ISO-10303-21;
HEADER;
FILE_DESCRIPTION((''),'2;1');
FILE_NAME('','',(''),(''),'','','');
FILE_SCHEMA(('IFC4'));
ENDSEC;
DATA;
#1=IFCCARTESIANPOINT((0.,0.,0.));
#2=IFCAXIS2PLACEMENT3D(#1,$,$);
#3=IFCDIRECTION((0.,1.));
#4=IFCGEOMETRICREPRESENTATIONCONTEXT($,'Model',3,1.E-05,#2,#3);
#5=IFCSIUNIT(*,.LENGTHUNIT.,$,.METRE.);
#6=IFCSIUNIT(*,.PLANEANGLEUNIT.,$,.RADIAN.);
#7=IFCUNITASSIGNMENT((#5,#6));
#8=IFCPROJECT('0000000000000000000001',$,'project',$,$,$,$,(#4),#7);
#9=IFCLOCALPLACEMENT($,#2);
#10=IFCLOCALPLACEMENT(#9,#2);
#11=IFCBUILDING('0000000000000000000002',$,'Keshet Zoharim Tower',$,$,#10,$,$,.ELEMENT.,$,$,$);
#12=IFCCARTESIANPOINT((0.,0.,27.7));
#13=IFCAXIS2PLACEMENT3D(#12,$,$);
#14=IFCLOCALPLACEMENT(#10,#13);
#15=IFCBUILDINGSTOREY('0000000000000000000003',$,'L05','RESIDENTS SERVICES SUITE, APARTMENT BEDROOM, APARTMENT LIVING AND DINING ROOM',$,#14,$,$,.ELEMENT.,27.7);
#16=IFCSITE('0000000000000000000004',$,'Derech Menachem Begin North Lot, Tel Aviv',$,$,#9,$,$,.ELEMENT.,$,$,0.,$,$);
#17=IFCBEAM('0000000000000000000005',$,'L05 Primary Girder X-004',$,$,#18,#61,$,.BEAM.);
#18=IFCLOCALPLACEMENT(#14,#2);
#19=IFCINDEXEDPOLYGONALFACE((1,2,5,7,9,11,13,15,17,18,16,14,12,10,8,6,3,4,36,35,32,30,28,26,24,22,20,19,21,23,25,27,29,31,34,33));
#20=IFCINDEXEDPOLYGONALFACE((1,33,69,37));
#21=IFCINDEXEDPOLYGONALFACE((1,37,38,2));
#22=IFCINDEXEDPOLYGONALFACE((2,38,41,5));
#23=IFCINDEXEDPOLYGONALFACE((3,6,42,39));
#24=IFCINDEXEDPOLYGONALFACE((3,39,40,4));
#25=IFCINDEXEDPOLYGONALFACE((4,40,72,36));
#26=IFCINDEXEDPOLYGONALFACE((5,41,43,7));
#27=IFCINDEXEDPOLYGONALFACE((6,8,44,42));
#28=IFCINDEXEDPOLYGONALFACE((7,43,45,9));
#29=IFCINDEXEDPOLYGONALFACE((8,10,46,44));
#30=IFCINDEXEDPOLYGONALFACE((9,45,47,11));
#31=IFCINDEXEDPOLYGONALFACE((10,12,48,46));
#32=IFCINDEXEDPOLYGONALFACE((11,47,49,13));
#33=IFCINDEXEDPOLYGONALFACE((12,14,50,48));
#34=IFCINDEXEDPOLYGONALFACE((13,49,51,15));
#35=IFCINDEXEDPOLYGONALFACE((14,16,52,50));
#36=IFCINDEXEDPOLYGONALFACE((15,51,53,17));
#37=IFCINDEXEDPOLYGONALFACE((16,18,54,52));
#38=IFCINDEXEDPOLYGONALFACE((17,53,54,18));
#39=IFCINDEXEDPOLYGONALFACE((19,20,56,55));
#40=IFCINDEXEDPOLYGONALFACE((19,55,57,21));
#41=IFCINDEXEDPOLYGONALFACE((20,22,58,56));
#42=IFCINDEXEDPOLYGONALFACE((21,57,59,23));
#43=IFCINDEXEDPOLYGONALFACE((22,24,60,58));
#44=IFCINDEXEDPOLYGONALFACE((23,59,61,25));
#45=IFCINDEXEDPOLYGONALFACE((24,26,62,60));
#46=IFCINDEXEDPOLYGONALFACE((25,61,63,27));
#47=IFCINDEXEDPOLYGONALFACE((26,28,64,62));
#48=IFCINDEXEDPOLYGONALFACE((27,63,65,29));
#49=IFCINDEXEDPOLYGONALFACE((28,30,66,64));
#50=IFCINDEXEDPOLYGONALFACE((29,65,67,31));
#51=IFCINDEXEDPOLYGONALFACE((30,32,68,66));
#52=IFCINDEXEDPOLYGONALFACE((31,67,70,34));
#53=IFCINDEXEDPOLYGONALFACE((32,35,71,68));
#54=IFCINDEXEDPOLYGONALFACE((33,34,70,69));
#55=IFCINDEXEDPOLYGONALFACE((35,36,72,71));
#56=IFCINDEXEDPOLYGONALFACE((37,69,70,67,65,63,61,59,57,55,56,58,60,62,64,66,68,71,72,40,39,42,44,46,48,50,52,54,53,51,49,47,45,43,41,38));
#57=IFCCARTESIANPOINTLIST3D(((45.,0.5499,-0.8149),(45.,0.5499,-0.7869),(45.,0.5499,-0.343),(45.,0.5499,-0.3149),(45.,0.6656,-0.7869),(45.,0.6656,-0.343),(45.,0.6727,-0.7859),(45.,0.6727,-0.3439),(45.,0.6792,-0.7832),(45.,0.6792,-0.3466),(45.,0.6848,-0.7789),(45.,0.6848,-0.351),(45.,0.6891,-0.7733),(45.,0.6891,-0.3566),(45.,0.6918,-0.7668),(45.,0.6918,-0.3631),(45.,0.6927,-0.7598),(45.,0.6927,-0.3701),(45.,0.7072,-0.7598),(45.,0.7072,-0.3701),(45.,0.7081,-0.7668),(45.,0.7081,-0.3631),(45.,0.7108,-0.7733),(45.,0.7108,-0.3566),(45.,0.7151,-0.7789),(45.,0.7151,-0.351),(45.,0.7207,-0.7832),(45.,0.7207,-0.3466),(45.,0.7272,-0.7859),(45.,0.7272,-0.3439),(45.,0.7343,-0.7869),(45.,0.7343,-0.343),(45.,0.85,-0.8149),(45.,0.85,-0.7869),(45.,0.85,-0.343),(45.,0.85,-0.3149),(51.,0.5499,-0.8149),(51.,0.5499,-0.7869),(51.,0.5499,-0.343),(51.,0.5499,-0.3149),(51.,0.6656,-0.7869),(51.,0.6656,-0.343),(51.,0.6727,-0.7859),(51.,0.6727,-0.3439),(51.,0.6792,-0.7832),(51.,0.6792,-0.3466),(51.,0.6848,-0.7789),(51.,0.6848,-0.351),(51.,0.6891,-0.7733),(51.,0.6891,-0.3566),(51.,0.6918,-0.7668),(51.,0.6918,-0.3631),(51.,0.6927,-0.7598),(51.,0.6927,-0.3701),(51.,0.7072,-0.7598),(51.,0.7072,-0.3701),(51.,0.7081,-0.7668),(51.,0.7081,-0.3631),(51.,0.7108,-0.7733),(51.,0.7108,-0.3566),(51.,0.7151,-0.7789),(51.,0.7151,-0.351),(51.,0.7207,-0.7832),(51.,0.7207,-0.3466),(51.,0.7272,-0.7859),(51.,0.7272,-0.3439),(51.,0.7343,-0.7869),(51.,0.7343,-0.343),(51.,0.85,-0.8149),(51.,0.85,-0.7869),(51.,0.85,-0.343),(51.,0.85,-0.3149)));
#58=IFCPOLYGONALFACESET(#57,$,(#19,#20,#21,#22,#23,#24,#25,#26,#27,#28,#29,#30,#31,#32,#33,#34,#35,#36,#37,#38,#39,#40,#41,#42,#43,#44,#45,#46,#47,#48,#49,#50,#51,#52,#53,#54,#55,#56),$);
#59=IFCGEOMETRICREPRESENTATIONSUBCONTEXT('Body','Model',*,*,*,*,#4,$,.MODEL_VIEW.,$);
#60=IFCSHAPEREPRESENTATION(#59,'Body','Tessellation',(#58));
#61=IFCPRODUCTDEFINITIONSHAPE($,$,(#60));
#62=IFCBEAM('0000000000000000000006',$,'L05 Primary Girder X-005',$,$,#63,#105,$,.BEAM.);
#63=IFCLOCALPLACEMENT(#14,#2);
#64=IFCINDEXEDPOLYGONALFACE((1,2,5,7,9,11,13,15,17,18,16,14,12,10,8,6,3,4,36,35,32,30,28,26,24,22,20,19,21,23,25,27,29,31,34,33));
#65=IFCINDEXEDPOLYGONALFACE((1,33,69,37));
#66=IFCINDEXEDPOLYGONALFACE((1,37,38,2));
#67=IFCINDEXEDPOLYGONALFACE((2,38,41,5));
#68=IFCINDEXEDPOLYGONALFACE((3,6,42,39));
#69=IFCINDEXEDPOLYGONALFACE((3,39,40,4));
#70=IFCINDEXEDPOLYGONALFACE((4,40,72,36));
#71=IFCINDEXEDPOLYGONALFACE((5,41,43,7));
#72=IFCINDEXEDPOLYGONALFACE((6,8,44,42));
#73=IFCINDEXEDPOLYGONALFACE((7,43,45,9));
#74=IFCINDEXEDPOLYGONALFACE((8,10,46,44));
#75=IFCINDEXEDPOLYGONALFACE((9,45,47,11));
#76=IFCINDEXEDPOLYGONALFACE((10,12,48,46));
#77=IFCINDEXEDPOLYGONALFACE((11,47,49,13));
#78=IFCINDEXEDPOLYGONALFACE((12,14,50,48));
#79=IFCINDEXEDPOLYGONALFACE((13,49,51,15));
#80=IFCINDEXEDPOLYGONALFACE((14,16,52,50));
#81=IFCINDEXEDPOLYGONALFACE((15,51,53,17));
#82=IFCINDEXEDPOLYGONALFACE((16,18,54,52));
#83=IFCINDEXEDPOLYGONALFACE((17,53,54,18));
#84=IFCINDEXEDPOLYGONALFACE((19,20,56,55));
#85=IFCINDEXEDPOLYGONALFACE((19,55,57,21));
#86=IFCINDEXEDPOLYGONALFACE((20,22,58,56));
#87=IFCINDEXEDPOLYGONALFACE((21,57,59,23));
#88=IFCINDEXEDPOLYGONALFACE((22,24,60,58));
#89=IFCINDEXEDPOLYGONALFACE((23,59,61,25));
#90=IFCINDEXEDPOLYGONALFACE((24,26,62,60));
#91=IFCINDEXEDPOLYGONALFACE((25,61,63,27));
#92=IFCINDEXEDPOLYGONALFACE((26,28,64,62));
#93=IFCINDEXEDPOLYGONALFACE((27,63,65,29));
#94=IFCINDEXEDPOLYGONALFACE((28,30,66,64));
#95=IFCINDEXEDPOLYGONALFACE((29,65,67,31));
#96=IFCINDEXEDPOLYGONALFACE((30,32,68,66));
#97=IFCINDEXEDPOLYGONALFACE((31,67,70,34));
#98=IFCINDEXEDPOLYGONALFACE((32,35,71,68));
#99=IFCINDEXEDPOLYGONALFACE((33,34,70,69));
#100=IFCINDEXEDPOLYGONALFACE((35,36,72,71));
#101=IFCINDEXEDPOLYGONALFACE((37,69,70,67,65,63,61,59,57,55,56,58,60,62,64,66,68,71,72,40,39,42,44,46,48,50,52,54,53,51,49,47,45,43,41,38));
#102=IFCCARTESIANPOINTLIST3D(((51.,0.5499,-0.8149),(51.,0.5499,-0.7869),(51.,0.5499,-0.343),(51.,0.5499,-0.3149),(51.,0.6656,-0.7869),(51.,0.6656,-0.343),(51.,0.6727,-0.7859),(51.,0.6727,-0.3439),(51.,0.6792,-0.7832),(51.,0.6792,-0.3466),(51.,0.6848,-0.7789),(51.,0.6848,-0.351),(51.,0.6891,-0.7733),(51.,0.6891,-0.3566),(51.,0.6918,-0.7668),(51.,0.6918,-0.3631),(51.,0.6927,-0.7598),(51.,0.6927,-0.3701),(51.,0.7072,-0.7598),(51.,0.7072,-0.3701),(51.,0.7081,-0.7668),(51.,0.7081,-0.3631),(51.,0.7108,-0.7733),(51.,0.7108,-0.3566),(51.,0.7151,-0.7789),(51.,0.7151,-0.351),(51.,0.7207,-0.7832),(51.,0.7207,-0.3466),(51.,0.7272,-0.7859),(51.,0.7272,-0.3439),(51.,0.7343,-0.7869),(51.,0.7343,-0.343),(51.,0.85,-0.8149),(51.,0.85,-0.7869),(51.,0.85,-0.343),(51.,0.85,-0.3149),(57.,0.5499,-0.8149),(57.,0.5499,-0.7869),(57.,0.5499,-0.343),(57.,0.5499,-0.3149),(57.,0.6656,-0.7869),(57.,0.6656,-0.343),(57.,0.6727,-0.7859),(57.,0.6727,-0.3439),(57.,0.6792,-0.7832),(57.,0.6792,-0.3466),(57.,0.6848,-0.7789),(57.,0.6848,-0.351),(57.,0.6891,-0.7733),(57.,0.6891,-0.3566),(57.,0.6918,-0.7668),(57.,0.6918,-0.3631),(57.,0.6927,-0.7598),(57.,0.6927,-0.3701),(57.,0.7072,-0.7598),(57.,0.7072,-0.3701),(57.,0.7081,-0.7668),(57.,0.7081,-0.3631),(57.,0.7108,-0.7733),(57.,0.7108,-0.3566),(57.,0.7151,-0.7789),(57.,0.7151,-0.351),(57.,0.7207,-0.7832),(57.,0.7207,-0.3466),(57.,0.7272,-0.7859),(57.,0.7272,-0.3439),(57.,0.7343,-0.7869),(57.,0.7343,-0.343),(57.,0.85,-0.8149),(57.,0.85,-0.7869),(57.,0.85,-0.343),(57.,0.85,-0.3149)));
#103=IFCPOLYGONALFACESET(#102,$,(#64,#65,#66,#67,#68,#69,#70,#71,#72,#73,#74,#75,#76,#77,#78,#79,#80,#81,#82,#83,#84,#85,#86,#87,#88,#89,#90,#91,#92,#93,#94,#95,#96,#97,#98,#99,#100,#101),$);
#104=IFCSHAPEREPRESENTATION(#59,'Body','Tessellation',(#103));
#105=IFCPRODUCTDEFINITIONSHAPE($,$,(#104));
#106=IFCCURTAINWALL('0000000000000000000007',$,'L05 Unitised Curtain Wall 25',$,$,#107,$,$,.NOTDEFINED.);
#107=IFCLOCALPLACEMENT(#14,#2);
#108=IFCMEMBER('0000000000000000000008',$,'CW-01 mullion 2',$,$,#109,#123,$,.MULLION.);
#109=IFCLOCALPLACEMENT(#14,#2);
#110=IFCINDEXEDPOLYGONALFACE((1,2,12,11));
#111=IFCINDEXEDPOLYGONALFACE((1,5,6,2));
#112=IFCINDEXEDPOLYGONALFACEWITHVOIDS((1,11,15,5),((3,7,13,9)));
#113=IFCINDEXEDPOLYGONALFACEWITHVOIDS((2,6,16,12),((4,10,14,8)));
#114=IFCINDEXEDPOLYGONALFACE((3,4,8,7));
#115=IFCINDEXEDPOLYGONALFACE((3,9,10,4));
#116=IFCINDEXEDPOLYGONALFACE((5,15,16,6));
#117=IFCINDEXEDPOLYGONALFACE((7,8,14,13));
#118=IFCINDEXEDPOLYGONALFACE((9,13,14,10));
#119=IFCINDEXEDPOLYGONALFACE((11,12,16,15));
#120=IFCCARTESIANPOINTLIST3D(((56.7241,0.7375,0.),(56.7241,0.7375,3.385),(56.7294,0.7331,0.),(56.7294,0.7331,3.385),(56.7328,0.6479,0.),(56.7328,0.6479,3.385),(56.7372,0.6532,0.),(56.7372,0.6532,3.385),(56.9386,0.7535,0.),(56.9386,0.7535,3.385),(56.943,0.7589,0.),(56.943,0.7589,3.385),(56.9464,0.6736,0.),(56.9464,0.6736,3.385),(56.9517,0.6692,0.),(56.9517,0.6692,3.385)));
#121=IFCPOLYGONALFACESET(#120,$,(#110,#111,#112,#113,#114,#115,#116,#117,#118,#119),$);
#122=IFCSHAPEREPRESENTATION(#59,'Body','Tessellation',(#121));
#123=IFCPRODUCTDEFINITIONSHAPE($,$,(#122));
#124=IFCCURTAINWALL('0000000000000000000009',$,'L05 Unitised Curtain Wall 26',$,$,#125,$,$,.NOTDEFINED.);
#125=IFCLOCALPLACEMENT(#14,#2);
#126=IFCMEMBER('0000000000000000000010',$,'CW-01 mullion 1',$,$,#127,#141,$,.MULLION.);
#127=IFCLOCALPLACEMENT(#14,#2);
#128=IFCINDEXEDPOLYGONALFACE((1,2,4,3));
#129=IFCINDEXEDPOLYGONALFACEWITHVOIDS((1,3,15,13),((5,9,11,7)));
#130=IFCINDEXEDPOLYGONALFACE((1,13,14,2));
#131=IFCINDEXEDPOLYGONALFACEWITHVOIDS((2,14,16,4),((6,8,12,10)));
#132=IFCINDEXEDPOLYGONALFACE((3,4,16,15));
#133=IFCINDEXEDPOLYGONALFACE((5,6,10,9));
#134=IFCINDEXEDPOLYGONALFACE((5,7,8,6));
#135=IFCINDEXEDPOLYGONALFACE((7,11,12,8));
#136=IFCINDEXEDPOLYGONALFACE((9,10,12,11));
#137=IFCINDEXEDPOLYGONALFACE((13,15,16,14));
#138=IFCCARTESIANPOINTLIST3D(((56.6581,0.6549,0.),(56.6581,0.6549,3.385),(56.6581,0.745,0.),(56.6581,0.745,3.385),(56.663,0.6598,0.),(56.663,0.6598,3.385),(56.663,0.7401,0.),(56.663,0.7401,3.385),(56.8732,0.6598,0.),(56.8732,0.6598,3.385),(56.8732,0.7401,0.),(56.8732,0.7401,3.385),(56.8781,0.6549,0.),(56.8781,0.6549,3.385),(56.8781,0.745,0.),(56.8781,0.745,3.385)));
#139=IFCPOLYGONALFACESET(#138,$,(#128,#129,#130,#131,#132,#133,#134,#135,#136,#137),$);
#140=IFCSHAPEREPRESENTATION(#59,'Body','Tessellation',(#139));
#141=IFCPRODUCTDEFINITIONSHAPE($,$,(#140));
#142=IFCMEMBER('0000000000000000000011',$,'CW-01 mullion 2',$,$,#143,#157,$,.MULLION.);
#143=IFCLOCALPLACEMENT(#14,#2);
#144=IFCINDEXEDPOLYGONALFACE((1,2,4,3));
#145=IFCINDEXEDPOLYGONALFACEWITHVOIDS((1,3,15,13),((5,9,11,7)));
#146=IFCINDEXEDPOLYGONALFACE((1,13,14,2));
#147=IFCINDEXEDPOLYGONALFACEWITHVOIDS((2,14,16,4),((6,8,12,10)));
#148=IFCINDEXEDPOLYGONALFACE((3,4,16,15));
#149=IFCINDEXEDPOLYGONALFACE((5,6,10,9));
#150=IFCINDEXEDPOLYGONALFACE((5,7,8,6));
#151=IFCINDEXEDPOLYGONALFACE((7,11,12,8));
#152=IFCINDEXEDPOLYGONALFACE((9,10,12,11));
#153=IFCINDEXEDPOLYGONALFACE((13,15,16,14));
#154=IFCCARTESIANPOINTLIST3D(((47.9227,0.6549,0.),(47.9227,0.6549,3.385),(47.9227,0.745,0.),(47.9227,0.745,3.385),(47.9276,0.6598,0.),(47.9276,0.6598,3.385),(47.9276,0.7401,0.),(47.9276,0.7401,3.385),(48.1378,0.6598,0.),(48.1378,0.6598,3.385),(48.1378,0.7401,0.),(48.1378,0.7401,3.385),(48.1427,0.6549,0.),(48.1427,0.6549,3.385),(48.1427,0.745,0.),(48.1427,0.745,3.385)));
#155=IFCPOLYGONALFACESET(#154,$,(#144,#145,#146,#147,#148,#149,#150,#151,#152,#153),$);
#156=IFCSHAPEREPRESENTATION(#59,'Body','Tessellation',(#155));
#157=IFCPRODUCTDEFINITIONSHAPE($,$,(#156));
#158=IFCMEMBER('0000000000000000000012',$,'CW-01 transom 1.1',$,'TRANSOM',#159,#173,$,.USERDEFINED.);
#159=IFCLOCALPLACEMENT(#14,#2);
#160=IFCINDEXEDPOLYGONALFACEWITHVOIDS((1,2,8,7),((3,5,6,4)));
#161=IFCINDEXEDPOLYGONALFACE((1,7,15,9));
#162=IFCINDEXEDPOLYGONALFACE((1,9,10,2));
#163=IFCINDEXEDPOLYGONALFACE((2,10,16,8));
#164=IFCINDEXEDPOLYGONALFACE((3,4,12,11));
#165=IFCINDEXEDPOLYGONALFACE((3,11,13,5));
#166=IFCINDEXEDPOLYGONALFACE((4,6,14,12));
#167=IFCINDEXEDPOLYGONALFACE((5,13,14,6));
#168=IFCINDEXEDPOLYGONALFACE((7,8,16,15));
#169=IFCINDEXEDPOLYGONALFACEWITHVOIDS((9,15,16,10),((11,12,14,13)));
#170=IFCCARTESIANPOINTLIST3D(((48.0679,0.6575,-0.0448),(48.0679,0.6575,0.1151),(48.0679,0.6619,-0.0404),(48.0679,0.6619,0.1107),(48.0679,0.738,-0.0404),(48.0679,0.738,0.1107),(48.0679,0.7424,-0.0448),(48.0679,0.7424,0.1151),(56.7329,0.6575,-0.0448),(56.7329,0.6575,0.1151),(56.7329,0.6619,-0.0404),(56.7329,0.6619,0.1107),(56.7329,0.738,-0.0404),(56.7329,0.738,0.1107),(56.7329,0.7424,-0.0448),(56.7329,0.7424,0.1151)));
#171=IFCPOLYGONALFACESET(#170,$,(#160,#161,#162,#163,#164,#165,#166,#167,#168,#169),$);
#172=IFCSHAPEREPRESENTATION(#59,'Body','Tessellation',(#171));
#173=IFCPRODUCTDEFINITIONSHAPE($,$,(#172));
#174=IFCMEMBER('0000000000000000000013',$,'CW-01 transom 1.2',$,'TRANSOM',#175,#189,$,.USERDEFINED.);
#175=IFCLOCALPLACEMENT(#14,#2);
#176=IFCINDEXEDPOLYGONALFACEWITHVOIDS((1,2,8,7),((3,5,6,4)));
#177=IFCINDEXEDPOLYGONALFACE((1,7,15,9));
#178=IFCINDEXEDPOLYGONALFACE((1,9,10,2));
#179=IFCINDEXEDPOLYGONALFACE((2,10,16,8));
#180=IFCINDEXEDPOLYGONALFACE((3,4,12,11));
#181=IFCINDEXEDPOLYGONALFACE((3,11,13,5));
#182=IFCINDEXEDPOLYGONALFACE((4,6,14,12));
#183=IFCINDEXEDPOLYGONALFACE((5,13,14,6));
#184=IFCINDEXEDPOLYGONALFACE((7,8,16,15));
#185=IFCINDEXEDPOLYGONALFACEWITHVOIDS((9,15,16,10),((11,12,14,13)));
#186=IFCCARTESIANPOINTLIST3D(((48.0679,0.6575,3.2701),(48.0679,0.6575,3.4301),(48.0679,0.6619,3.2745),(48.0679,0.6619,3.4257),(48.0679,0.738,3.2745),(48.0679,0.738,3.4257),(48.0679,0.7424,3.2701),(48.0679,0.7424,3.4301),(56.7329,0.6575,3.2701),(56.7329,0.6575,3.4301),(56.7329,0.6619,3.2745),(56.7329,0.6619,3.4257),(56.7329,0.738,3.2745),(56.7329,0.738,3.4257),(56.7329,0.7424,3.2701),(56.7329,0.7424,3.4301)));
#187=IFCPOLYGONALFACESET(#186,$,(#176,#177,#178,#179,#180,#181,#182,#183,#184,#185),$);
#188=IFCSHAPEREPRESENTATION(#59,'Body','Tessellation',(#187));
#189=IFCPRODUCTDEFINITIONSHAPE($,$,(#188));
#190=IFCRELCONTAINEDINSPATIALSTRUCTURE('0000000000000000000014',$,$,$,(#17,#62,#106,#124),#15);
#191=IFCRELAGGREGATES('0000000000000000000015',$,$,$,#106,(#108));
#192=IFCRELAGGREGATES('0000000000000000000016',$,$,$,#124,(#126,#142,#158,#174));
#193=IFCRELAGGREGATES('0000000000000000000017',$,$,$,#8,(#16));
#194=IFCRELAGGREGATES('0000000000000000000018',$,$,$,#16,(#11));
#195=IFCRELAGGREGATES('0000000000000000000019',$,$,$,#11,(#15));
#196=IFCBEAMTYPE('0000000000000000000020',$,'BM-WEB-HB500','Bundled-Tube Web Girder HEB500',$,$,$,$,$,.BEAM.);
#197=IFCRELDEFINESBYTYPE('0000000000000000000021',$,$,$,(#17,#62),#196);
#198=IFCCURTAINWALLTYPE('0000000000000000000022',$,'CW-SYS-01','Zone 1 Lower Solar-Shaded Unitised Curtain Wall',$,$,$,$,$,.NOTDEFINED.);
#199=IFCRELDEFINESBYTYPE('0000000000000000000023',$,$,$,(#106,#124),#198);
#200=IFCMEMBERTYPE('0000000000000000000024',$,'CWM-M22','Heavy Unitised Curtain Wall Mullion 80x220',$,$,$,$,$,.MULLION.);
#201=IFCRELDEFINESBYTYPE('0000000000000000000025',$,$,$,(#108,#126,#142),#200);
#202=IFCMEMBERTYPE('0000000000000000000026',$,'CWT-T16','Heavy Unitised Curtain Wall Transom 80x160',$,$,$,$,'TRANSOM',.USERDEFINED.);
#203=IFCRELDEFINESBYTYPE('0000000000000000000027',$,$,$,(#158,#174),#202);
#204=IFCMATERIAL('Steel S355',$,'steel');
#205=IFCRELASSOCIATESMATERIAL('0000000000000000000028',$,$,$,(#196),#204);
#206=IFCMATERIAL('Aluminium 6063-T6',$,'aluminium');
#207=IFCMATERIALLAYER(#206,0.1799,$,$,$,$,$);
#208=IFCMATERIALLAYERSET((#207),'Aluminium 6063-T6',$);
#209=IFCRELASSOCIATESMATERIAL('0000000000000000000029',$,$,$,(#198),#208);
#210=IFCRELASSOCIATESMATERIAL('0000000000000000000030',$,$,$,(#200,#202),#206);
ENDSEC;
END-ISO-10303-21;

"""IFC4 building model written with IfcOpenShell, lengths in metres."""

from ifc_helpers import new_model, si_unit, direction, frame, origin, origin_2d, place, context, subcontext, project, spatial, hollow_rectangle, i_section, extrude, material, layer, layer_set, material_profile, profile_set, type_object, element, aggregate, save


model = new_model("IFC4")

# Units and contexts
model_context = context("Model", 3, precision=1e-05, world=origin(), true_north=direction((0.0, 1.0)))
body_context = subcontext(model_context, "Body", "Model", "MODEL_VIEW")
ifc_project = project(units=[si_unit("LENGTHUNIT", "METRE"), si_unit("PLANEANGLEUNIT", "RADIAN")], contexts=[model_context])

# Site, building, storey
site_placement = place(None, origin())
site = spatial("IfcSite", under=ifc_project, at=site_placement, Name="Derech Menachem Begin North Lot, Tel Aviv", CompositionType="ELEMENT", RefElevation=0.0)
building_placement = place(site_placement, origin())
building = spatial("IfcBuilding", under=site, at=building_placement, Name="Keshet Zoharim Tower", CompositionType="ELEMENT")
storey_placement = place(building_placement, frame((0.0, 0.0, 27.7)))
storey = spatial("IfcBuildingStorey", under=building, at=storey_placement, Name="L05", Description="RESIDENTS SERVICES SUITE, APARTMENT BEDROOM, APARTMENT LIVING AND DINING ROOM", CompositionType="ELEMENT", Elevation=27.7)

# Shared definitions
ifc_material_1 = material(Name="Steel S355", Category="steel")

# Beams
ifc_material_profile_1 = material_profile(ifc_material_1, i_section(OverallWidth=0.3, OverallDepth=0.5, WebThickness=0.0144, FlangeThickness=0.0281, FilletRadius=0.0271, at=origin_2d()), Name="HEB500")
ifc_profile_set_1 = profile_set([ifc_material_profile_1], Name="Steel S355")
beam_type_1 = type_object("IfcBeamType", Name="BM-WEB-HB500", Description="Bundled-Tube Web Girder HEB500", PredefinedType="BEAM", material=ifc_profile_set_1)
for number, where, z_axis, x_axis, name in (
    (1, (45.0, 0.7, -0.5649), (1.0, 0.0, 0.0), (0.0, 1.0, 0.0), "L05 Primary Girder X-004"),
    (2, (51.0, 0.7, -0.5649), (1.0, 0.0, 0.0), (0.0, 1.0, 0.0), "L05 Primary Girder X-005"),
):
    element("IfcBeam", number, at=place(storey_placement, frame(where, z_axis=z_axis, x_axis=x_axis)), inside=storey, type_object=beam_type_1, Name=name, PredefinedType="BEAM", context=body_context, shape_type="SweptSolid", body=[
        extrude(i_section(OverallWidth=0.3, OverallDepth=0.5, WebThickness=0.0144, FlangeThickness=0.0281, FilletRadius=0.0271, at=origin_2d()), origin(), (0.0, 0.0, 1.0), 6.0),
    ])

# Curtain wall, member
ifc_material_2 = material(Name="Aluminium 6063-T6", Category="aluminium")
ifc_layer_1 = layer(ifc_material_2, 0.1799)
ifc_layer_set_1 = layer_set([ifc_layer_1], Name="Aluminium 6063-T6")
curtain_wall_type = type_object("IfcCurtainWallType", Name="CW-SYS-01", Description="Zone 1 Lower Solar-Shaded Unitised Curtain Wall", PredefinedType="NOTDEFINED", material=ifc_layer_set_1)
curtain_wall_1_placement = place(storey_placement, origin())
curtain_wall_1 = element("IfcCurtainWall", 3, at=curtain_wall_1_placement, inside=storey, type_object=curtain_wall_type, Name="L05 Unitised Curtain Wall 25", PredefinedType="NOTDEFINED")
ifc_material_profile_2 = material_profile(ifc_material_2, hollow_rectangle(XDim=0.0901, YDim=0.22, WallThickness=0.0049, at=origin_2d()), Name="MUL-90x220")
ifc_profile_set_2 = profile_set([ifc_material_profile_2], Name="Aluminium 6063-T6")
member_type_1 = type_object("IfcMemberType", Name="CWM-M22", Description="Heavy Unitised Curtain Wall Mullion 80x220", PredefinedType="MULLION", material=ifc_profile_set_2)
member_1_placement = place(storey_placement, frame((56.8379, 0.7034, 0.0), z_axis=(0.0, 0.0, 1.0), x_axis=(0.096977, -0.995287, 0.0)))
member_1 = element("IfcMember", 4, at=member_1_placement, type_object=member_type_1, Name="CW-01 mullion 2", PredefinedType="MULLION", context=body_context, shape_type="SweptSolid", body=[
    extrude(hollow_rectangle(XDim=0.0901, YDim=0.22, WallThickness=0.0049, at=origin_2d()), origin(), (0.0, 0.0, 1.0), 3.385),
])
aggregate(curtain_wall_1, [member_1])

# Curtain wall, members
curtain_wall_2_placement = place(storey_placement, origin())
curtain_wall_2 = element("IfcCurtainWall", 5, at=curtain_wall_2_placement, inside=storey, type_object=curtain_wall_type, Name="L05 Unitised Curtain Wall 26", PredefinedType="NOTDEFINED")
member_2_placement = place(storey_placement, frame((56.7681, 0.7, 0.0), z_axis=(0.0, 0.0, 1.0), x_axis=(0.0, -1.0, 0.0)))
member_2 = element("IfcMember", 6, at=member_2_placement, type_object=member_type_1, Name="CW-01 mullion 1", PredefinedType="MULLION", context=body_context, shape_type="SweptSolid", body=[
    extrude(hollow_rectangle(XDim=0.0901, YDim=0.22, WallThickness=0.0049, at=origin_2d()), origin(), (0.0, 0.0, 1.0), 3.385),
])
member_3_placement = place(storey_placement, frame((48.0327, 0.7, 0.0), z_axis=(0.0, 0.0, 1.0), x_axis=(0.0, -1.0, 0.0)))
member_3 = element("IfcMember", 7, at=member_3_placement, type_object=member_type_1, Name="CW-01 mullion 2", PredefinedType="MULLION", context=body_context, shape_type="SweptSolid", body=[
    extrude(hollow_rectangle(XDim=0.0901, YDim=0.22, WallThickness=0.0049, at=origin_2d()), origin(), (0.0, 0.0, 1.0), 3.385),
])
ifc_material_profile_3 = material_profile(ifc_material_2, hollow_rectangle(XDim=0.085, YDim=0.1599, WallThickness=0.0044, at=origin_2d()), Name="TRN-85x160")
ifc_profile_set_3 = profile_set([ifc_material_profile_3], Name="Aluminium 6063-T6")
member_type_2 = type_object("IfcMemberType", Name="CWT-T16", Description="Heavy Unitised Curtain Wall Transom 80x160", ElementType="TRANSOM", PredefinedType="USERDEFINED", material=ifc_profile_set_3)
member_4_placement = place(storey_placement, frame((56.7329, 0.7, 0.0352), z_axis=(-1.0, 0.0, 0.0), x_axis=(0.0, -1.0, 0.0)))
member_4 = element("IfcMember", 8, at=member_4_placement, type_object=member_type_2, Name="CW-01 transom 1.1", ObjectType="TRANSOM", PredefinedType="USERDEFINED", context=body_context, shape_type="SweptSolid", body=[
    extrude(hollow_rectangle(XDim=0.085, YDim=0.1599, WallThickness=0.0044, at=origin_2d()), origin(), (0.0, 0.0, 1.0), 8.665),
])
member_5_placement = place(storey_placement, frame((56.7329, 0.7, 3.3501), z_axis=(-1.0, 0.0, 0.0), x_axis=(0.0, -1.0, 0.0)))
member_5 = element("IfcMember", 9, at=member_5_placement, type_object=member_type_2, Name="CW-01 transom 1.2", ObjectType="TRANSOM", PredefinedType="USERDEFINED", context=body_context, shape_type="SweptSolid", body=[
    extrude(hollow_rectangle(XDim=0.085, YDim=0.1599, WallThickness=0.0044, at=origin_2d()), origin(), (0.0, 0.0, 1.0), 8.665),
])
aggregate(curtain_wall_2, [member_2, member_3, member_4, member_5])

save(model, "model.ifc")
